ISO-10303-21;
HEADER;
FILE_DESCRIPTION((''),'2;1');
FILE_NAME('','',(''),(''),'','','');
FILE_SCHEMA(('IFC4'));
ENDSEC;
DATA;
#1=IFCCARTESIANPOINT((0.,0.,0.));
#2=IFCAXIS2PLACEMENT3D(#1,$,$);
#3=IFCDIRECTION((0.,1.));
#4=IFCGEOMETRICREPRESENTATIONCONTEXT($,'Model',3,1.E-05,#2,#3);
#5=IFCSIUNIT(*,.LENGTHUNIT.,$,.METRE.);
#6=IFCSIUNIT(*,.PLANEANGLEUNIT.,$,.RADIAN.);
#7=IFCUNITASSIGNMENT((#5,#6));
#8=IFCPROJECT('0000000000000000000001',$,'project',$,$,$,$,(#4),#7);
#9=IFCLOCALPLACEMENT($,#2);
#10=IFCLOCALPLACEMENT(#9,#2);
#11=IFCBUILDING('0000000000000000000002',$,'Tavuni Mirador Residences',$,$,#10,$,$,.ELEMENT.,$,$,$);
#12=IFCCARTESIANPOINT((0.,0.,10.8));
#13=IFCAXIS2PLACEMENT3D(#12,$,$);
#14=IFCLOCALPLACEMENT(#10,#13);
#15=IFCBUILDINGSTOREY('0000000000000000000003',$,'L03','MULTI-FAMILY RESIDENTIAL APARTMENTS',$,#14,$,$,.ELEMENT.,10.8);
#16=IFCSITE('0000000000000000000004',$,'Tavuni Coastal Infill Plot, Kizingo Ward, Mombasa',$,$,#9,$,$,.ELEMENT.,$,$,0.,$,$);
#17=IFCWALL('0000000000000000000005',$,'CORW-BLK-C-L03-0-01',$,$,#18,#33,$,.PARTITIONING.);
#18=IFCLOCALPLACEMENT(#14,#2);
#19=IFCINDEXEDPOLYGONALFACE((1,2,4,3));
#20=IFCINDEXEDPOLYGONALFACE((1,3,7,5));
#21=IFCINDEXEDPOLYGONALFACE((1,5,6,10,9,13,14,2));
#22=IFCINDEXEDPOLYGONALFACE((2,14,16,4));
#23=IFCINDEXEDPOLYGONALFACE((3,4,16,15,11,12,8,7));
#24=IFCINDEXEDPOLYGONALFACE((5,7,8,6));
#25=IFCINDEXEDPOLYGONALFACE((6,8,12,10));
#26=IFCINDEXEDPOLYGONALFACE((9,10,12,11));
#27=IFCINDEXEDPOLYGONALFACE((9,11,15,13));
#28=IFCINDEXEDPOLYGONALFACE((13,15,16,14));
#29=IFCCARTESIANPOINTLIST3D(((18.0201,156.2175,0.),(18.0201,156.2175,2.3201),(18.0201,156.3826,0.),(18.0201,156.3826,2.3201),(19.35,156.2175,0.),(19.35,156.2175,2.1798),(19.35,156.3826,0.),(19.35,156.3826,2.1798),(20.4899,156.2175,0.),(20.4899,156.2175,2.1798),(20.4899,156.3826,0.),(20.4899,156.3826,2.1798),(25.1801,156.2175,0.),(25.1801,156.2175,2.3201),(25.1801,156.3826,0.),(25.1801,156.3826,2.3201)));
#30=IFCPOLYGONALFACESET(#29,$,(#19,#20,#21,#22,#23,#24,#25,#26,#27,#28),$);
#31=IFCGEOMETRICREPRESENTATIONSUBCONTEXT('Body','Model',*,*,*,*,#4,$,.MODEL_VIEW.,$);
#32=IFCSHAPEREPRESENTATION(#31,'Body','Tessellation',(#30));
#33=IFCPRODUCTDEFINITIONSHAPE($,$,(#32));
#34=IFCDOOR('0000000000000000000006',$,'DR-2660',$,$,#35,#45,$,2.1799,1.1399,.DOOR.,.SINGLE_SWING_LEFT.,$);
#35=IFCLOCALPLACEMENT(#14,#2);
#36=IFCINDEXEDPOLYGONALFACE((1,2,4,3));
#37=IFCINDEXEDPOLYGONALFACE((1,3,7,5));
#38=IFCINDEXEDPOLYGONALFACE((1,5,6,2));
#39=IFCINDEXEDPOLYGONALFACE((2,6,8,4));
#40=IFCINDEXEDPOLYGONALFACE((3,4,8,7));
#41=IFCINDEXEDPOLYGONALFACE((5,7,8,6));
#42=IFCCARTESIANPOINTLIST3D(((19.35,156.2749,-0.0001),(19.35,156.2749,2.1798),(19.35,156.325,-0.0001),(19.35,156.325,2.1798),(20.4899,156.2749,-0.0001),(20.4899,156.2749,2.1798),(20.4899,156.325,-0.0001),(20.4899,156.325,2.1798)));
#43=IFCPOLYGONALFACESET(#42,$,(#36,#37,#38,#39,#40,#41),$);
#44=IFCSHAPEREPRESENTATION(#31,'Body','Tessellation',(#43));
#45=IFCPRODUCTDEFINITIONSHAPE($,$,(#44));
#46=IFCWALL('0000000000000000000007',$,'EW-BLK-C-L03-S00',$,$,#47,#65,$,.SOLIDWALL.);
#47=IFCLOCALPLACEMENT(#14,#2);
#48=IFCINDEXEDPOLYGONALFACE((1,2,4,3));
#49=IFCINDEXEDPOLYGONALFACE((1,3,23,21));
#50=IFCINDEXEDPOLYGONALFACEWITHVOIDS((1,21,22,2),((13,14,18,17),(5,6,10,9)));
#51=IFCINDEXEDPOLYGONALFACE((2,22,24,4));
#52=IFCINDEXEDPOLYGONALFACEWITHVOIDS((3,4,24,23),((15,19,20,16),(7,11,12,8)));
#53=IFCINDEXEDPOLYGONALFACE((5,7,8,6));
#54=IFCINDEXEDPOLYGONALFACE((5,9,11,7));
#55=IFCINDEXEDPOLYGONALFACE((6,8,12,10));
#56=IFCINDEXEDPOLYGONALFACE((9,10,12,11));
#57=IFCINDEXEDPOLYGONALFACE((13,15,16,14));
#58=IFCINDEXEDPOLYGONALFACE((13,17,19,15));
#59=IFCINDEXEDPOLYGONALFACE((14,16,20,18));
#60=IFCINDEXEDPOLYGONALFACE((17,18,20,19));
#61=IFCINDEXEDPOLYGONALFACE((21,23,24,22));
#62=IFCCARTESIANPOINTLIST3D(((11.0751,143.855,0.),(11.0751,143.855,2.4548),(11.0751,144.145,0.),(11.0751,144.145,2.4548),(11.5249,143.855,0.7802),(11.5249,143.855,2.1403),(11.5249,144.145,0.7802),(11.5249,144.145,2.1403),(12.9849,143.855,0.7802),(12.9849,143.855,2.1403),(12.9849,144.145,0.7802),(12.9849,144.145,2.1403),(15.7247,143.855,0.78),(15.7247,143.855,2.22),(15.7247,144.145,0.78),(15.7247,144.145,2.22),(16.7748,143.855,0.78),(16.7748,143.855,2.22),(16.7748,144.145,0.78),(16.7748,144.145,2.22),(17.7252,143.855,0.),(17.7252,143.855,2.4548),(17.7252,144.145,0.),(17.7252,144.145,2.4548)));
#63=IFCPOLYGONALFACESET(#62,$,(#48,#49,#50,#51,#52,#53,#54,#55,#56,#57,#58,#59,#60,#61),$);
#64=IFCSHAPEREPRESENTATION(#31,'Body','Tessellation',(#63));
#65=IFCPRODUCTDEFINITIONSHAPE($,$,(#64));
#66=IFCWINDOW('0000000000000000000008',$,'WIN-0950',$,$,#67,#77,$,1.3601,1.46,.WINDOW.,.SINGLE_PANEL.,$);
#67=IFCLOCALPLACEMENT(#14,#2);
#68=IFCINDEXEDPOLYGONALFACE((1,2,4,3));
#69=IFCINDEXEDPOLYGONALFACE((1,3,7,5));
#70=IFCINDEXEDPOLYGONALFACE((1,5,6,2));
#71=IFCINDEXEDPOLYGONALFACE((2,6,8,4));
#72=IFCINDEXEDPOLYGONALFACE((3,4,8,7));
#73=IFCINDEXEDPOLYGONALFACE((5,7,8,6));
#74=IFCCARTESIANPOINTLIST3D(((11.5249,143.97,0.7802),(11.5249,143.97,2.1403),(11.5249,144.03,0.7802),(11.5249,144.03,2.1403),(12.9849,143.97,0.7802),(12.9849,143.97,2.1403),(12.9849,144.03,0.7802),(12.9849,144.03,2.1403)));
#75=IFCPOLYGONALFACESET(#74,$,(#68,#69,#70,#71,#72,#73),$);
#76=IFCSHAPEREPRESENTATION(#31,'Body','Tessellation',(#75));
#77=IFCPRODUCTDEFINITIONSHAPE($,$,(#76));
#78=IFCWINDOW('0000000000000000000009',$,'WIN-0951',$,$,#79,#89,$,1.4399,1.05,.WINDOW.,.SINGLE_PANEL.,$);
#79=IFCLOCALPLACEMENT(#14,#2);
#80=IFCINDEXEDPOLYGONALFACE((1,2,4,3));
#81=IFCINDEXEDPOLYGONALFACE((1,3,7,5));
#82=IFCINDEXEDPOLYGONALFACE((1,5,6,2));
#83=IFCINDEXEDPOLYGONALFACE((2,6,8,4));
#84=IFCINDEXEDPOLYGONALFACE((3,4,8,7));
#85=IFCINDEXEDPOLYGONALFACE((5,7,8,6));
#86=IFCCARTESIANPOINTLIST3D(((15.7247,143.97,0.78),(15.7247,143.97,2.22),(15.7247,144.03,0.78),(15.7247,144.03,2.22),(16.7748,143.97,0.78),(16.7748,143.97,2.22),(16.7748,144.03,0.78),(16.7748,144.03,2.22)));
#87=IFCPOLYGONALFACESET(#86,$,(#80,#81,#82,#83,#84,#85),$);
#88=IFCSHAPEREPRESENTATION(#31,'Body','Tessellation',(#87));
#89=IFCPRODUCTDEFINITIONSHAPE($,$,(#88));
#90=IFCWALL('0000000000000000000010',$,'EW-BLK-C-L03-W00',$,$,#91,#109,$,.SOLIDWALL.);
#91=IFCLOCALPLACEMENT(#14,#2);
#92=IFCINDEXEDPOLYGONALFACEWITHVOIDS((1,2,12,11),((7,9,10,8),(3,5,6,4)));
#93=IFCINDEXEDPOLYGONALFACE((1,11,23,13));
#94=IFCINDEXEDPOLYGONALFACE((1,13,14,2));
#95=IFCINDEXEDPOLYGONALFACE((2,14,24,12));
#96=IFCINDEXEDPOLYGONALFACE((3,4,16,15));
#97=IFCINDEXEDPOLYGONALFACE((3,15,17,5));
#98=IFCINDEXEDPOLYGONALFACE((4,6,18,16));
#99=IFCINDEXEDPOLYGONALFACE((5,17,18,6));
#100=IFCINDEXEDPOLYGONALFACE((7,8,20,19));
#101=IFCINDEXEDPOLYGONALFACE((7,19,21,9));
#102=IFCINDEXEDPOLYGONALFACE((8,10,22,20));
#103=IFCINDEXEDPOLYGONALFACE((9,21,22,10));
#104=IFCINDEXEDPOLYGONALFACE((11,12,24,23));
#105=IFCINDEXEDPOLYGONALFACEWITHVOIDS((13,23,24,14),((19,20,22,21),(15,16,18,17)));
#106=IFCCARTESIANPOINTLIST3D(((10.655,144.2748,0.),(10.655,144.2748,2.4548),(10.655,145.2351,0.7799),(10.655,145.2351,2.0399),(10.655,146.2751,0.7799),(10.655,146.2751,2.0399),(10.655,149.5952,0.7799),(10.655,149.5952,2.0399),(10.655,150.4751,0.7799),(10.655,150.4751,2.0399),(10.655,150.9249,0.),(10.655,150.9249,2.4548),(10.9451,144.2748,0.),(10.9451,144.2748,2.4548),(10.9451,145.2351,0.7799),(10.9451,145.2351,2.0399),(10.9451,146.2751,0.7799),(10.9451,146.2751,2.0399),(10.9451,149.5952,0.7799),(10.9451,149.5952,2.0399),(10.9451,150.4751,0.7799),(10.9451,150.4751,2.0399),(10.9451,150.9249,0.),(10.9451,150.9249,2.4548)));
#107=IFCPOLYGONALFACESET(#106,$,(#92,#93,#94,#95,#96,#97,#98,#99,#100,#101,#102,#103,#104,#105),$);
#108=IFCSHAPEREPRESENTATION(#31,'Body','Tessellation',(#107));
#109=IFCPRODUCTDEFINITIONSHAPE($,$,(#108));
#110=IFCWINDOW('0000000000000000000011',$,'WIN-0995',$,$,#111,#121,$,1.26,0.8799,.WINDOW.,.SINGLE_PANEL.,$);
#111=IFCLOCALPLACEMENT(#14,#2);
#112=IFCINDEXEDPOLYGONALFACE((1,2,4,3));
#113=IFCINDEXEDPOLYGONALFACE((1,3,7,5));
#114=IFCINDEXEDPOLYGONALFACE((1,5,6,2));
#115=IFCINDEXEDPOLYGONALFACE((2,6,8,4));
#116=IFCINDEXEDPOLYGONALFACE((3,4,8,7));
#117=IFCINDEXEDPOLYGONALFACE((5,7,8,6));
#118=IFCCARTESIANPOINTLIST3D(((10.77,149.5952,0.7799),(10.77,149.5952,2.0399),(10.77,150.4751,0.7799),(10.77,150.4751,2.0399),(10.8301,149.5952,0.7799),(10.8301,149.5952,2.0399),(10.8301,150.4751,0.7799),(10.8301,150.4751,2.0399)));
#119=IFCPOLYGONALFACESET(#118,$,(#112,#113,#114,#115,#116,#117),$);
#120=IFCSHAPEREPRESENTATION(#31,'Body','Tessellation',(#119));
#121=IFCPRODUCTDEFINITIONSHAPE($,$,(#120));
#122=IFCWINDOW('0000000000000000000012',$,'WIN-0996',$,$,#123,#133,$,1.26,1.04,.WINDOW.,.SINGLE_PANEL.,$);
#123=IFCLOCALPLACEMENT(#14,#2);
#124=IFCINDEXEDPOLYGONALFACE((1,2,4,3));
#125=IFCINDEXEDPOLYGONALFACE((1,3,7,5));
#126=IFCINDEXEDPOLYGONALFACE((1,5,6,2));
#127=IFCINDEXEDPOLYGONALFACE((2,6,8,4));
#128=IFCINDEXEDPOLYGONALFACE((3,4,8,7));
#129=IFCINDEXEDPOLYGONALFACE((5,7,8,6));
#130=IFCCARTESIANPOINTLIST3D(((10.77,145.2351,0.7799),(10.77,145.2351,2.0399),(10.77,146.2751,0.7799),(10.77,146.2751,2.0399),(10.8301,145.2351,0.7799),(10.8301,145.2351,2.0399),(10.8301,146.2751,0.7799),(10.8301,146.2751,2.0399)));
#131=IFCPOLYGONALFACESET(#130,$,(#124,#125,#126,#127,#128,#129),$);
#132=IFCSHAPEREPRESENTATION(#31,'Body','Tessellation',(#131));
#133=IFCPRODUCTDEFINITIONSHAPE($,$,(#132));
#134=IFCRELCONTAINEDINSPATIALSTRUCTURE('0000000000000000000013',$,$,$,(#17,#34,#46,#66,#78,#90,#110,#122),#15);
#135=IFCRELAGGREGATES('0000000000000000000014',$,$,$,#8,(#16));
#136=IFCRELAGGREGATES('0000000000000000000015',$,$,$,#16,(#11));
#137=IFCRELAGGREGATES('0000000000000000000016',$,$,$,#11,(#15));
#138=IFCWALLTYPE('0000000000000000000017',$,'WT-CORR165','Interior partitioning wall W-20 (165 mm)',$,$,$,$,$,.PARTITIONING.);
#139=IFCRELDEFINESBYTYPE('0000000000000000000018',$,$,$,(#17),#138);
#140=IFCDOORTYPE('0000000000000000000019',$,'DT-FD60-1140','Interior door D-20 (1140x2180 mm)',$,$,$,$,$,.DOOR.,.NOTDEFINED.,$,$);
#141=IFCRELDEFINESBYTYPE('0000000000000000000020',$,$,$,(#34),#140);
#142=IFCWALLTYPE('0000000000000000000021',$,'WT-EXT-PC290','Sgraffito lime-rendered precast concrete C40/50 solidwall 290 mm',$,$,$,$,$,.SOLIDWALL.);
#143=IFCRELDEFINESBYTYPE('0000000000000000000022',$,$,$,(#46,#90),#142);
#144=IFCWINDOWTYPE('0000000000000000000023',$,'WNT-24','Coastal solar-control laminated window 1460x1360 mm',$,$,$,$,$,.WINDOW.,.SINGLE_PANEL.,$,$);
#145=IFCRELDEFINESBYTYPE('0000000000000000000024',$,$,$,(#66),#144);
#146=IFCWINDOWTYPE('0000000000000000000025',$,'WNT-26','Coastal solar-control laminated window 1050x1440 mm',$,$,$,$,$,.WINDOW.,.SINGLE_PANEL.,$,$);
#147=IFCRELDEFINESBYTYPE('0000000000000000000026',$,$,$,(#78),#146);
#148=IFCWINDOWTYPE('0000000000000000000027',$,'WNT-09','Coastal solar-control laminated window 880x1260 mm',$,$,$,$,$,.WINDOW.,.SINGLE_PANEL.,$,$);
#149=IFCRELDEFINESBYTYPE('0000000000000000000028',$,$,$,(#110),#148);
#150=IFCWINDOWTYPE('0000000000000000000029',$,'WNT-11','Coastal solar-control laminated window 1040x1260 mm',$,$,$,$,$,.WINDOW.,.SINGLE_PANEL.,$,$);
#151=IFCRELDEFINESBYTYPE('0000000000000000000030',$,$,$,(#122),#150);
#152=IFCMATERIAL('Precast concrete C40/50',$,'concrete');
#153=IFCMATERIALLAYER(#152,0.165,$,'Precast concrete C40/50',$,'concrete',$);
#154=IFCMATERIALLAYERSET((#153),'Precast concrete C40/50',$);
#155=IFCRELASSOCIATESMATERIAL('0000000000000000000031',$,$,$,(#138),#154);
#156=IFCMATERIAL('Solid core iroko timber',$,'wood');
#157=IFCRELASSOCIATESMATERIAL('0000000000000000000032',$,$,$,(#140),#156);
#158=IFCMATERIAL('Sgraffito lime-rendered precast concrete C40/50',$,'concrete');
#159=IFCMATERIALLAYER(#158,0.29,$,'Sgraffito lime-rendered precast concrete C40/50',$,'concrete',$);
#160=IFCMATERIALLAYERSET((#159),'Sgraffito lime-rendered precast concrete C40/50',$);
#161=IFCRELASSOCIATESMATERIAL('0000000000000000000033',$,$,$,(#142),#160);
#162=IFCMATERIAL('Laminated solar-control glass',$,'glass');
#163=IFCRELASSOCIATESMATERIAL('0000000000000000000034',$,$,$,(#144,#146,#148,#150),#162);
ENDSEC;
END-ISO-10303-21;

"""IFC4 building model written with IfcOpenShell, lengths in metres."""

from ifc_helpers import new_model, si_unit, direction, frame, frame_2d, origin, place, context, subcontext, project, spatial, rectangle, extrude, material, layer, layer_set, type_object, element, fill, save


model = new_model("IFC4")

# Units and contexts
model_context = context("Model", 3, precision=1e-05, world=origin(), true_north=direction((0.0, 1.0)))
body_context = subcontext(model_context, "Body", "Model", "MODEL_VIEW")
ifc_project = project(units=[si_unit("LENGTHUNIT", "METRE"), si_unit("PLANEANGLEUNIT", "RADIAN")], contexts=[model_context])

# Site, building, storey
site_placement = place(None, origin())
site = spatial("IfcSite", under=ifc_project, at=site_placement, Name="Tavuni Coastal Infill Plot, Kizingo Ward, Mombasa", CompositionType="ELEMENT", RefElevation=0.0)
building_placement = place(site_placement, origin())
building = spatial("IfcBuilding", under=site, at=building_placement, Name="Tavuni Mirador Residences", CompositionType="ELEMENT")
storey_placement = place(building_placement, frame((0.0, 0.0, 10.8)))
storey = spatial("IfcBuildingStorey", under=building, at=storey_placement, Name="L03", Description="MULTI-FAMILY RESIDENTIAL APARTMENTS", CompositionType="ELEMENT", Elevation=10.8)

# Shared definitions
ifc_material_1 = material(Name="Precast concrete C40/50", Category="concrete")

# Wall, opening, door
ifc_layer_1 = layer(ifc_material_1, 0.165, Name="Precast concrete C40/50", Category="concrete")
ifc_layer_set_1 = layer_set([ifc_layer_1], Name="Precast concrete C40/50")
wall_type_1 = type_object("IfcWallType", Name="WT-CORR165", Description="Interior partitioning wall W-20 (165 mm)", PredefinedType="PARTITIONING", material=ifc_layer_set_1)
ifc_material_2 = material(Name="Solid core iroko timber", Category="wood")
wall_1_placement = place(storey_placement, frame((18.02, 156.3, 0.0), z_axis=(0.0, 0.0, 1.0), x_axis=(1.0, 0.0, 0.0)))
wall_1 = element("IfcWall", 1, at=wall_1_placement, inside=storey, type_object=wall_type_1, Name="CORW-BLK-C-L03-0-01", PredefinedType="PARTITIONING", context=body_context, shape_type="SweptSolid", body=[
    extrude(rectangle(XDim=7.1599, YDim=0.165, at=frame_2d((3.5801, 0.0))), origin(), (0.0, 0.0, 1.0), 2.3201),
])
opening_1_placement = place(wall_1_placement, frame((1.3301, 0.0, 0.0)))
opening_1 = element("IfcOpeningElement", 2, at=opening_1_placement, cuts=wall_1, PredefinedType="OPENING", context=body_context, shape_type="SweptSolid", body=[
    extrude(rectangle(XDim=1.1399, YDim=2.1799, at=frame_2d((0.5698, 1.0898))), frame((0.0, 0.0925, 0.0), z_axis=(0.0, -1.0, 0.0), x_axis=(1.0, 0.0, 0.0)), (0.0, 0.0, 1.0), 0.1851),
])
door_type_1 = type_object("IfcDoorType", Name="DT-FD60-1140", Description="Interior door D-20 (1140x2180 mm)", OperationType="NOTDEFINED", PredefinedType="DOOR", material=ifc_material_2)
door_1_placement = place(opening_1_placement, origin())
door_1 = element("IfcDoor", 3, at=door_1_placement, inside=storey, type_object=door_type_1, Name="DR-2660", OperationType="SINGLE_SWING_LEFT", OverallHeight=2.1799, OverallWidth=1.1399, PredefinedType="DOOR", context=body_context, shape_type="SweptSolid", body=[
    extrude(rectangle(XDim=1.1399, YDim=2.1799, at=frame_2d((0.5698, 1.0898))), frame((0.0, 0.0249, 0.0), z_axis=(0.0, -1.0, 0.0), x_axis=(1.0, 0.0, 0.0)), (0.0, 0.0, 1.0), 0.05),
])
fill(opening_1, door_1)

# Walls, openings, windows
ifc_material_3 = material(Name="Sgraffito lime-rendered precast concrete C40/50", Category="concrete")
ifc_layer_2 = layer(ifc_material_3, 0.29, Name="Sgraffito lime-rendered precast concrete C40/50", Category="concrete")
ifc_layer_set_2 = layer_set([ifc_layer_2], Name="Sgraffito lime-rendered precast concrete C40/50")
wall_type_2 = type_object("IfcWallType", Name="WT-EXT-PC290", Description="Sgraffito lime-rendered precast concrete C40/50 solidwall 290 mm", PredefinedType="SOLIDWALL", material=ifc_layer_set_2)
wall_2_placement = place(storey_placement, frame((11.075, 144.0, 0.0), z_axis=(0.0, 0.0, 1.0), x_axis=(1.0, 0.0, 0.0)))
wall_2 = element("IfcWall", 4, at=wall_2_placement, inside=storey, type_object=wall_type_2, Name="EW-BLK-C-L03-S00", PredefinedType="SOLIDWALL", context=body_context, shape_type="SweptSolid", body=[
    extrude(rectangle(XDim=6.6501, YDim=0.29, at=frame_2d((3.3252, 0.0))), origin(), (0.0, 0.0, 1.0), 2.4548),
])
opening_2_placement = place(wall_2_placement, frame((0.45, 0.0, 0.78)))
opening_2 = element("IfcOpeningElement", 5, at=opening_2_placement, cuts=wall_2, PredefinedType="OPENING", context=body_context, shape_type="SweptSolid", body=[
    extrude(rectangle(XDim=1.46, YDim=1.3601, at=frame_2d((0.73, 0.6802))), frame((0.0, 0.155, 0.0), z_axis=(0.0, -1.0, 0.0), x_axis=(1.0, 0.0, 0.0)), (0.0, 0.0, 1.0), 0.3101),
])
opening_3_placement = place(wall_2_placement, frame((4.6499, 0.0, 0.78)))
opening_3 = element("IfcOpeningElement", 6, at=opening_3_placement, cuts=wall_2, PredefinedType="OPENING", context=body_context, shape_type="SweptSolid", body=[
    extrude(rectangle(XDim=1.05, YDim=1.4399, at=frame_2d((0.5249, 0.72))), frame((0.0, 0.155, 0.0), z_axis=(0.0, -1.0, 0.0), x_axis=(1.0, 0.0, 0.0)), (0.0, 0.0, 1.0), 0.3101),
])
ifc_material_4 = material(Name="Laminated solar-control glass", Category="glass")
window_type_1 = type_object("IfcWindowType", Name="WNT-24", Description="Coastal solar-control laminated window 1460x1360 mm", PartitioningType="SINGLE_PANEL", PredefinedType="WINDOW", material=ifc_material_4)
window_1_placement = place(opening_2_placement, origin())
window_1 = element("IfcWindow", 7, at=window_1_placement, inside=storey, type_object=window_type_1, Name="WIN-0950", OverallHeight=1.3601, OverallWidth=1.46, PartitioningType="SINGLE_PANEL", PredefinedType="WINDOW", context=body_context, shape_type="SweptSolid", body=[
    extrude(rectangle(XDim=1.46, YDim=1.3601, at=frame_2d((0.73, 0.6802))), frame((0.0, 0.03, 0.0), z_axis=(0.0, -1.0, 0.0), x_axis=(1.0, 0.0, 0.0)), (0.0, 0.0, 1.0), 0.0601),
])
fill(opening_2, window_1)
window_type_2 = type_object("IfcWindowType", Name="WNT-26", Description="Coastal solar-control laminated window 1050x1440 mm", PartitioningType="SINGLE_PANEL", PredefinedType="WINDOW", material=ifc_material_4)
window_2_placement = place(opening_3_placement, origin())
window_2 = element("IfcWindow", 8, at=window_2_placement, inside=storey, type_object=window_type_2, Name="WIN-0951", OverallHeight=1.4399, OverallWidth=1.05, PartitioningType="SINGLE_PANEL", PredefinedType="WINDOW", context=body_context, shape_type="SweptSolid", body=[
    extrude(rectangle(XDim=1.05, YDim=1.4399, at=frame_2d((0.5249, 0.72))), frame((0.0, 0.03, 0.0), z_axis=(0.0, -1.0, 0.0), x_axis=(1.0, 0.0, 0.0)), (0.0, 0.0, 1.0), 0.0601),
])
fill(opening_3, window_2)
wall_3_placement = place(storey_placement, frame((10.8, 150.925, 0.0), z_axis=(0.0, 0.0, 1.0), x_axis=(0.0, -1.0, 0.0)))
wall_3 = element("IfcWall", 9, at=wall_3_placement, inside=storey, type_object=wall_type_2, Name="EW-BLK-C-L03-W00", PredefinedType="SOLIDWALL", context=body_context, shape_type="SweptSolid", body=[
    extrude(rectangle(XDim=6.6501, YDim=0.29, at=frame_2d((3.3252, 0.0))), origin(), (0.0, 0.0, 1.0), 2.4548),
])
opening_4_placement = place(wall_3_placement, frame((0.45, 0.0, 0.78)))
opening_4 = element("IfcOpeningElement", 10, at=opening_4_placement, cuts=wall_3, PredefinedType="OPENING", context=body_context, shape_type="SweptSolid", body=[
    extrude(rectangle(XDim=0.8799, YDim=1.26, at=frame_2d((0.4399, 0.6299))), frame((0.0, 0.155, 0.0), z_axis=(0.0, -1.0, 0.0), x_axis=(1.0, 0.0, 0.0)), (0.0, 0.0, 1.0), 0.3101),
])
opening_5_placement = place(wall_3_placement, frame((4.6499, 0.0, 0.78)))
opening_5 = element("IfcOpeningElement", 11, at=opening_5_placement, cuts=wall_3, PredefinedType="OPENING", context=body_context, shape_type="SweptSolid", body=[
    extrude(rectangle(XDim=1.04, YDim=1.26, at=frame_2d((0.52, 0.6299))), frame((0.0, 0.155, 0.0), z_axis=(0.0, -1.0, 0.0), x_axis=(1.0, 0.0, 0.0)), (0.0, 0.0, 1.0), 0.3101),
])
window_type_3 = type_object("IfcWindowType", Name="WNT-09", Description="Coastal solar-control laminated window 880x1260 mm", PartitioningType="SINGLE_PANEL", PredefinedType="WINDOW", material=ifc_material_4)
window_3_placement = place(opening_4_placement, origin())
window_3 = element("IfcWindow", 12, at=window_3_placement, inside=storey, type_object=window_type_3, Name="WIN-0995", OverallHeight=1.26, OverallWidth=0.8799, PartitioningType="SINGLE_PANEL", PredefinedType="WINDOW", context=body_context, shape_type="SweptSolid", body=[
    extrude(rectangle(XDim=0.8799, YDim=1.26, at=frame_2d((0.4399, 0.6299))), frame((0.0, 0.03, 0.0), z_axis=(0.0, -1.0, 0.0), x_axis=(1.0, 0.0, 0.0)), (0.0, 0.0, 1.0), 0.0601),
])
fill(opening_4, window_3)
window_type_4 = type_object("IfcWindowType", Name="WNT-11", Description="Coastal solar-control laminated window 1040x1260 mm", PartitioningType="SINGLE_PANEL", PredefinedType="WINDOW", material=ifc_material_4)
window_4_placement = place(opening_5_placement, origin())
window_4 = element("IfcWindow", 13, at=window_4_placement, inside=storey, type_object=window_type_4, Name="WIN-0996", OverallHeight=1.26, OverallWidth=1.04, PartitioningType="SINGLE_PANEL", PredefinedType="WINDOW", context=body_context, shape_type="SweptSolid", body=[
    extrude(rectangle(XDim=1.04, YDim=1.26, at=frame_2d((0.52, 0.6299))), frame((0.0, 0.03, 0.0), z_axis=(0.0, -1.0, 0.0), x_axis=(1.0, 0.0, 0.0)), (0.0, 0.0, 1.0), 0.0601),
])
fill(opening_5, window_4)

save(model, "model.ifc")
